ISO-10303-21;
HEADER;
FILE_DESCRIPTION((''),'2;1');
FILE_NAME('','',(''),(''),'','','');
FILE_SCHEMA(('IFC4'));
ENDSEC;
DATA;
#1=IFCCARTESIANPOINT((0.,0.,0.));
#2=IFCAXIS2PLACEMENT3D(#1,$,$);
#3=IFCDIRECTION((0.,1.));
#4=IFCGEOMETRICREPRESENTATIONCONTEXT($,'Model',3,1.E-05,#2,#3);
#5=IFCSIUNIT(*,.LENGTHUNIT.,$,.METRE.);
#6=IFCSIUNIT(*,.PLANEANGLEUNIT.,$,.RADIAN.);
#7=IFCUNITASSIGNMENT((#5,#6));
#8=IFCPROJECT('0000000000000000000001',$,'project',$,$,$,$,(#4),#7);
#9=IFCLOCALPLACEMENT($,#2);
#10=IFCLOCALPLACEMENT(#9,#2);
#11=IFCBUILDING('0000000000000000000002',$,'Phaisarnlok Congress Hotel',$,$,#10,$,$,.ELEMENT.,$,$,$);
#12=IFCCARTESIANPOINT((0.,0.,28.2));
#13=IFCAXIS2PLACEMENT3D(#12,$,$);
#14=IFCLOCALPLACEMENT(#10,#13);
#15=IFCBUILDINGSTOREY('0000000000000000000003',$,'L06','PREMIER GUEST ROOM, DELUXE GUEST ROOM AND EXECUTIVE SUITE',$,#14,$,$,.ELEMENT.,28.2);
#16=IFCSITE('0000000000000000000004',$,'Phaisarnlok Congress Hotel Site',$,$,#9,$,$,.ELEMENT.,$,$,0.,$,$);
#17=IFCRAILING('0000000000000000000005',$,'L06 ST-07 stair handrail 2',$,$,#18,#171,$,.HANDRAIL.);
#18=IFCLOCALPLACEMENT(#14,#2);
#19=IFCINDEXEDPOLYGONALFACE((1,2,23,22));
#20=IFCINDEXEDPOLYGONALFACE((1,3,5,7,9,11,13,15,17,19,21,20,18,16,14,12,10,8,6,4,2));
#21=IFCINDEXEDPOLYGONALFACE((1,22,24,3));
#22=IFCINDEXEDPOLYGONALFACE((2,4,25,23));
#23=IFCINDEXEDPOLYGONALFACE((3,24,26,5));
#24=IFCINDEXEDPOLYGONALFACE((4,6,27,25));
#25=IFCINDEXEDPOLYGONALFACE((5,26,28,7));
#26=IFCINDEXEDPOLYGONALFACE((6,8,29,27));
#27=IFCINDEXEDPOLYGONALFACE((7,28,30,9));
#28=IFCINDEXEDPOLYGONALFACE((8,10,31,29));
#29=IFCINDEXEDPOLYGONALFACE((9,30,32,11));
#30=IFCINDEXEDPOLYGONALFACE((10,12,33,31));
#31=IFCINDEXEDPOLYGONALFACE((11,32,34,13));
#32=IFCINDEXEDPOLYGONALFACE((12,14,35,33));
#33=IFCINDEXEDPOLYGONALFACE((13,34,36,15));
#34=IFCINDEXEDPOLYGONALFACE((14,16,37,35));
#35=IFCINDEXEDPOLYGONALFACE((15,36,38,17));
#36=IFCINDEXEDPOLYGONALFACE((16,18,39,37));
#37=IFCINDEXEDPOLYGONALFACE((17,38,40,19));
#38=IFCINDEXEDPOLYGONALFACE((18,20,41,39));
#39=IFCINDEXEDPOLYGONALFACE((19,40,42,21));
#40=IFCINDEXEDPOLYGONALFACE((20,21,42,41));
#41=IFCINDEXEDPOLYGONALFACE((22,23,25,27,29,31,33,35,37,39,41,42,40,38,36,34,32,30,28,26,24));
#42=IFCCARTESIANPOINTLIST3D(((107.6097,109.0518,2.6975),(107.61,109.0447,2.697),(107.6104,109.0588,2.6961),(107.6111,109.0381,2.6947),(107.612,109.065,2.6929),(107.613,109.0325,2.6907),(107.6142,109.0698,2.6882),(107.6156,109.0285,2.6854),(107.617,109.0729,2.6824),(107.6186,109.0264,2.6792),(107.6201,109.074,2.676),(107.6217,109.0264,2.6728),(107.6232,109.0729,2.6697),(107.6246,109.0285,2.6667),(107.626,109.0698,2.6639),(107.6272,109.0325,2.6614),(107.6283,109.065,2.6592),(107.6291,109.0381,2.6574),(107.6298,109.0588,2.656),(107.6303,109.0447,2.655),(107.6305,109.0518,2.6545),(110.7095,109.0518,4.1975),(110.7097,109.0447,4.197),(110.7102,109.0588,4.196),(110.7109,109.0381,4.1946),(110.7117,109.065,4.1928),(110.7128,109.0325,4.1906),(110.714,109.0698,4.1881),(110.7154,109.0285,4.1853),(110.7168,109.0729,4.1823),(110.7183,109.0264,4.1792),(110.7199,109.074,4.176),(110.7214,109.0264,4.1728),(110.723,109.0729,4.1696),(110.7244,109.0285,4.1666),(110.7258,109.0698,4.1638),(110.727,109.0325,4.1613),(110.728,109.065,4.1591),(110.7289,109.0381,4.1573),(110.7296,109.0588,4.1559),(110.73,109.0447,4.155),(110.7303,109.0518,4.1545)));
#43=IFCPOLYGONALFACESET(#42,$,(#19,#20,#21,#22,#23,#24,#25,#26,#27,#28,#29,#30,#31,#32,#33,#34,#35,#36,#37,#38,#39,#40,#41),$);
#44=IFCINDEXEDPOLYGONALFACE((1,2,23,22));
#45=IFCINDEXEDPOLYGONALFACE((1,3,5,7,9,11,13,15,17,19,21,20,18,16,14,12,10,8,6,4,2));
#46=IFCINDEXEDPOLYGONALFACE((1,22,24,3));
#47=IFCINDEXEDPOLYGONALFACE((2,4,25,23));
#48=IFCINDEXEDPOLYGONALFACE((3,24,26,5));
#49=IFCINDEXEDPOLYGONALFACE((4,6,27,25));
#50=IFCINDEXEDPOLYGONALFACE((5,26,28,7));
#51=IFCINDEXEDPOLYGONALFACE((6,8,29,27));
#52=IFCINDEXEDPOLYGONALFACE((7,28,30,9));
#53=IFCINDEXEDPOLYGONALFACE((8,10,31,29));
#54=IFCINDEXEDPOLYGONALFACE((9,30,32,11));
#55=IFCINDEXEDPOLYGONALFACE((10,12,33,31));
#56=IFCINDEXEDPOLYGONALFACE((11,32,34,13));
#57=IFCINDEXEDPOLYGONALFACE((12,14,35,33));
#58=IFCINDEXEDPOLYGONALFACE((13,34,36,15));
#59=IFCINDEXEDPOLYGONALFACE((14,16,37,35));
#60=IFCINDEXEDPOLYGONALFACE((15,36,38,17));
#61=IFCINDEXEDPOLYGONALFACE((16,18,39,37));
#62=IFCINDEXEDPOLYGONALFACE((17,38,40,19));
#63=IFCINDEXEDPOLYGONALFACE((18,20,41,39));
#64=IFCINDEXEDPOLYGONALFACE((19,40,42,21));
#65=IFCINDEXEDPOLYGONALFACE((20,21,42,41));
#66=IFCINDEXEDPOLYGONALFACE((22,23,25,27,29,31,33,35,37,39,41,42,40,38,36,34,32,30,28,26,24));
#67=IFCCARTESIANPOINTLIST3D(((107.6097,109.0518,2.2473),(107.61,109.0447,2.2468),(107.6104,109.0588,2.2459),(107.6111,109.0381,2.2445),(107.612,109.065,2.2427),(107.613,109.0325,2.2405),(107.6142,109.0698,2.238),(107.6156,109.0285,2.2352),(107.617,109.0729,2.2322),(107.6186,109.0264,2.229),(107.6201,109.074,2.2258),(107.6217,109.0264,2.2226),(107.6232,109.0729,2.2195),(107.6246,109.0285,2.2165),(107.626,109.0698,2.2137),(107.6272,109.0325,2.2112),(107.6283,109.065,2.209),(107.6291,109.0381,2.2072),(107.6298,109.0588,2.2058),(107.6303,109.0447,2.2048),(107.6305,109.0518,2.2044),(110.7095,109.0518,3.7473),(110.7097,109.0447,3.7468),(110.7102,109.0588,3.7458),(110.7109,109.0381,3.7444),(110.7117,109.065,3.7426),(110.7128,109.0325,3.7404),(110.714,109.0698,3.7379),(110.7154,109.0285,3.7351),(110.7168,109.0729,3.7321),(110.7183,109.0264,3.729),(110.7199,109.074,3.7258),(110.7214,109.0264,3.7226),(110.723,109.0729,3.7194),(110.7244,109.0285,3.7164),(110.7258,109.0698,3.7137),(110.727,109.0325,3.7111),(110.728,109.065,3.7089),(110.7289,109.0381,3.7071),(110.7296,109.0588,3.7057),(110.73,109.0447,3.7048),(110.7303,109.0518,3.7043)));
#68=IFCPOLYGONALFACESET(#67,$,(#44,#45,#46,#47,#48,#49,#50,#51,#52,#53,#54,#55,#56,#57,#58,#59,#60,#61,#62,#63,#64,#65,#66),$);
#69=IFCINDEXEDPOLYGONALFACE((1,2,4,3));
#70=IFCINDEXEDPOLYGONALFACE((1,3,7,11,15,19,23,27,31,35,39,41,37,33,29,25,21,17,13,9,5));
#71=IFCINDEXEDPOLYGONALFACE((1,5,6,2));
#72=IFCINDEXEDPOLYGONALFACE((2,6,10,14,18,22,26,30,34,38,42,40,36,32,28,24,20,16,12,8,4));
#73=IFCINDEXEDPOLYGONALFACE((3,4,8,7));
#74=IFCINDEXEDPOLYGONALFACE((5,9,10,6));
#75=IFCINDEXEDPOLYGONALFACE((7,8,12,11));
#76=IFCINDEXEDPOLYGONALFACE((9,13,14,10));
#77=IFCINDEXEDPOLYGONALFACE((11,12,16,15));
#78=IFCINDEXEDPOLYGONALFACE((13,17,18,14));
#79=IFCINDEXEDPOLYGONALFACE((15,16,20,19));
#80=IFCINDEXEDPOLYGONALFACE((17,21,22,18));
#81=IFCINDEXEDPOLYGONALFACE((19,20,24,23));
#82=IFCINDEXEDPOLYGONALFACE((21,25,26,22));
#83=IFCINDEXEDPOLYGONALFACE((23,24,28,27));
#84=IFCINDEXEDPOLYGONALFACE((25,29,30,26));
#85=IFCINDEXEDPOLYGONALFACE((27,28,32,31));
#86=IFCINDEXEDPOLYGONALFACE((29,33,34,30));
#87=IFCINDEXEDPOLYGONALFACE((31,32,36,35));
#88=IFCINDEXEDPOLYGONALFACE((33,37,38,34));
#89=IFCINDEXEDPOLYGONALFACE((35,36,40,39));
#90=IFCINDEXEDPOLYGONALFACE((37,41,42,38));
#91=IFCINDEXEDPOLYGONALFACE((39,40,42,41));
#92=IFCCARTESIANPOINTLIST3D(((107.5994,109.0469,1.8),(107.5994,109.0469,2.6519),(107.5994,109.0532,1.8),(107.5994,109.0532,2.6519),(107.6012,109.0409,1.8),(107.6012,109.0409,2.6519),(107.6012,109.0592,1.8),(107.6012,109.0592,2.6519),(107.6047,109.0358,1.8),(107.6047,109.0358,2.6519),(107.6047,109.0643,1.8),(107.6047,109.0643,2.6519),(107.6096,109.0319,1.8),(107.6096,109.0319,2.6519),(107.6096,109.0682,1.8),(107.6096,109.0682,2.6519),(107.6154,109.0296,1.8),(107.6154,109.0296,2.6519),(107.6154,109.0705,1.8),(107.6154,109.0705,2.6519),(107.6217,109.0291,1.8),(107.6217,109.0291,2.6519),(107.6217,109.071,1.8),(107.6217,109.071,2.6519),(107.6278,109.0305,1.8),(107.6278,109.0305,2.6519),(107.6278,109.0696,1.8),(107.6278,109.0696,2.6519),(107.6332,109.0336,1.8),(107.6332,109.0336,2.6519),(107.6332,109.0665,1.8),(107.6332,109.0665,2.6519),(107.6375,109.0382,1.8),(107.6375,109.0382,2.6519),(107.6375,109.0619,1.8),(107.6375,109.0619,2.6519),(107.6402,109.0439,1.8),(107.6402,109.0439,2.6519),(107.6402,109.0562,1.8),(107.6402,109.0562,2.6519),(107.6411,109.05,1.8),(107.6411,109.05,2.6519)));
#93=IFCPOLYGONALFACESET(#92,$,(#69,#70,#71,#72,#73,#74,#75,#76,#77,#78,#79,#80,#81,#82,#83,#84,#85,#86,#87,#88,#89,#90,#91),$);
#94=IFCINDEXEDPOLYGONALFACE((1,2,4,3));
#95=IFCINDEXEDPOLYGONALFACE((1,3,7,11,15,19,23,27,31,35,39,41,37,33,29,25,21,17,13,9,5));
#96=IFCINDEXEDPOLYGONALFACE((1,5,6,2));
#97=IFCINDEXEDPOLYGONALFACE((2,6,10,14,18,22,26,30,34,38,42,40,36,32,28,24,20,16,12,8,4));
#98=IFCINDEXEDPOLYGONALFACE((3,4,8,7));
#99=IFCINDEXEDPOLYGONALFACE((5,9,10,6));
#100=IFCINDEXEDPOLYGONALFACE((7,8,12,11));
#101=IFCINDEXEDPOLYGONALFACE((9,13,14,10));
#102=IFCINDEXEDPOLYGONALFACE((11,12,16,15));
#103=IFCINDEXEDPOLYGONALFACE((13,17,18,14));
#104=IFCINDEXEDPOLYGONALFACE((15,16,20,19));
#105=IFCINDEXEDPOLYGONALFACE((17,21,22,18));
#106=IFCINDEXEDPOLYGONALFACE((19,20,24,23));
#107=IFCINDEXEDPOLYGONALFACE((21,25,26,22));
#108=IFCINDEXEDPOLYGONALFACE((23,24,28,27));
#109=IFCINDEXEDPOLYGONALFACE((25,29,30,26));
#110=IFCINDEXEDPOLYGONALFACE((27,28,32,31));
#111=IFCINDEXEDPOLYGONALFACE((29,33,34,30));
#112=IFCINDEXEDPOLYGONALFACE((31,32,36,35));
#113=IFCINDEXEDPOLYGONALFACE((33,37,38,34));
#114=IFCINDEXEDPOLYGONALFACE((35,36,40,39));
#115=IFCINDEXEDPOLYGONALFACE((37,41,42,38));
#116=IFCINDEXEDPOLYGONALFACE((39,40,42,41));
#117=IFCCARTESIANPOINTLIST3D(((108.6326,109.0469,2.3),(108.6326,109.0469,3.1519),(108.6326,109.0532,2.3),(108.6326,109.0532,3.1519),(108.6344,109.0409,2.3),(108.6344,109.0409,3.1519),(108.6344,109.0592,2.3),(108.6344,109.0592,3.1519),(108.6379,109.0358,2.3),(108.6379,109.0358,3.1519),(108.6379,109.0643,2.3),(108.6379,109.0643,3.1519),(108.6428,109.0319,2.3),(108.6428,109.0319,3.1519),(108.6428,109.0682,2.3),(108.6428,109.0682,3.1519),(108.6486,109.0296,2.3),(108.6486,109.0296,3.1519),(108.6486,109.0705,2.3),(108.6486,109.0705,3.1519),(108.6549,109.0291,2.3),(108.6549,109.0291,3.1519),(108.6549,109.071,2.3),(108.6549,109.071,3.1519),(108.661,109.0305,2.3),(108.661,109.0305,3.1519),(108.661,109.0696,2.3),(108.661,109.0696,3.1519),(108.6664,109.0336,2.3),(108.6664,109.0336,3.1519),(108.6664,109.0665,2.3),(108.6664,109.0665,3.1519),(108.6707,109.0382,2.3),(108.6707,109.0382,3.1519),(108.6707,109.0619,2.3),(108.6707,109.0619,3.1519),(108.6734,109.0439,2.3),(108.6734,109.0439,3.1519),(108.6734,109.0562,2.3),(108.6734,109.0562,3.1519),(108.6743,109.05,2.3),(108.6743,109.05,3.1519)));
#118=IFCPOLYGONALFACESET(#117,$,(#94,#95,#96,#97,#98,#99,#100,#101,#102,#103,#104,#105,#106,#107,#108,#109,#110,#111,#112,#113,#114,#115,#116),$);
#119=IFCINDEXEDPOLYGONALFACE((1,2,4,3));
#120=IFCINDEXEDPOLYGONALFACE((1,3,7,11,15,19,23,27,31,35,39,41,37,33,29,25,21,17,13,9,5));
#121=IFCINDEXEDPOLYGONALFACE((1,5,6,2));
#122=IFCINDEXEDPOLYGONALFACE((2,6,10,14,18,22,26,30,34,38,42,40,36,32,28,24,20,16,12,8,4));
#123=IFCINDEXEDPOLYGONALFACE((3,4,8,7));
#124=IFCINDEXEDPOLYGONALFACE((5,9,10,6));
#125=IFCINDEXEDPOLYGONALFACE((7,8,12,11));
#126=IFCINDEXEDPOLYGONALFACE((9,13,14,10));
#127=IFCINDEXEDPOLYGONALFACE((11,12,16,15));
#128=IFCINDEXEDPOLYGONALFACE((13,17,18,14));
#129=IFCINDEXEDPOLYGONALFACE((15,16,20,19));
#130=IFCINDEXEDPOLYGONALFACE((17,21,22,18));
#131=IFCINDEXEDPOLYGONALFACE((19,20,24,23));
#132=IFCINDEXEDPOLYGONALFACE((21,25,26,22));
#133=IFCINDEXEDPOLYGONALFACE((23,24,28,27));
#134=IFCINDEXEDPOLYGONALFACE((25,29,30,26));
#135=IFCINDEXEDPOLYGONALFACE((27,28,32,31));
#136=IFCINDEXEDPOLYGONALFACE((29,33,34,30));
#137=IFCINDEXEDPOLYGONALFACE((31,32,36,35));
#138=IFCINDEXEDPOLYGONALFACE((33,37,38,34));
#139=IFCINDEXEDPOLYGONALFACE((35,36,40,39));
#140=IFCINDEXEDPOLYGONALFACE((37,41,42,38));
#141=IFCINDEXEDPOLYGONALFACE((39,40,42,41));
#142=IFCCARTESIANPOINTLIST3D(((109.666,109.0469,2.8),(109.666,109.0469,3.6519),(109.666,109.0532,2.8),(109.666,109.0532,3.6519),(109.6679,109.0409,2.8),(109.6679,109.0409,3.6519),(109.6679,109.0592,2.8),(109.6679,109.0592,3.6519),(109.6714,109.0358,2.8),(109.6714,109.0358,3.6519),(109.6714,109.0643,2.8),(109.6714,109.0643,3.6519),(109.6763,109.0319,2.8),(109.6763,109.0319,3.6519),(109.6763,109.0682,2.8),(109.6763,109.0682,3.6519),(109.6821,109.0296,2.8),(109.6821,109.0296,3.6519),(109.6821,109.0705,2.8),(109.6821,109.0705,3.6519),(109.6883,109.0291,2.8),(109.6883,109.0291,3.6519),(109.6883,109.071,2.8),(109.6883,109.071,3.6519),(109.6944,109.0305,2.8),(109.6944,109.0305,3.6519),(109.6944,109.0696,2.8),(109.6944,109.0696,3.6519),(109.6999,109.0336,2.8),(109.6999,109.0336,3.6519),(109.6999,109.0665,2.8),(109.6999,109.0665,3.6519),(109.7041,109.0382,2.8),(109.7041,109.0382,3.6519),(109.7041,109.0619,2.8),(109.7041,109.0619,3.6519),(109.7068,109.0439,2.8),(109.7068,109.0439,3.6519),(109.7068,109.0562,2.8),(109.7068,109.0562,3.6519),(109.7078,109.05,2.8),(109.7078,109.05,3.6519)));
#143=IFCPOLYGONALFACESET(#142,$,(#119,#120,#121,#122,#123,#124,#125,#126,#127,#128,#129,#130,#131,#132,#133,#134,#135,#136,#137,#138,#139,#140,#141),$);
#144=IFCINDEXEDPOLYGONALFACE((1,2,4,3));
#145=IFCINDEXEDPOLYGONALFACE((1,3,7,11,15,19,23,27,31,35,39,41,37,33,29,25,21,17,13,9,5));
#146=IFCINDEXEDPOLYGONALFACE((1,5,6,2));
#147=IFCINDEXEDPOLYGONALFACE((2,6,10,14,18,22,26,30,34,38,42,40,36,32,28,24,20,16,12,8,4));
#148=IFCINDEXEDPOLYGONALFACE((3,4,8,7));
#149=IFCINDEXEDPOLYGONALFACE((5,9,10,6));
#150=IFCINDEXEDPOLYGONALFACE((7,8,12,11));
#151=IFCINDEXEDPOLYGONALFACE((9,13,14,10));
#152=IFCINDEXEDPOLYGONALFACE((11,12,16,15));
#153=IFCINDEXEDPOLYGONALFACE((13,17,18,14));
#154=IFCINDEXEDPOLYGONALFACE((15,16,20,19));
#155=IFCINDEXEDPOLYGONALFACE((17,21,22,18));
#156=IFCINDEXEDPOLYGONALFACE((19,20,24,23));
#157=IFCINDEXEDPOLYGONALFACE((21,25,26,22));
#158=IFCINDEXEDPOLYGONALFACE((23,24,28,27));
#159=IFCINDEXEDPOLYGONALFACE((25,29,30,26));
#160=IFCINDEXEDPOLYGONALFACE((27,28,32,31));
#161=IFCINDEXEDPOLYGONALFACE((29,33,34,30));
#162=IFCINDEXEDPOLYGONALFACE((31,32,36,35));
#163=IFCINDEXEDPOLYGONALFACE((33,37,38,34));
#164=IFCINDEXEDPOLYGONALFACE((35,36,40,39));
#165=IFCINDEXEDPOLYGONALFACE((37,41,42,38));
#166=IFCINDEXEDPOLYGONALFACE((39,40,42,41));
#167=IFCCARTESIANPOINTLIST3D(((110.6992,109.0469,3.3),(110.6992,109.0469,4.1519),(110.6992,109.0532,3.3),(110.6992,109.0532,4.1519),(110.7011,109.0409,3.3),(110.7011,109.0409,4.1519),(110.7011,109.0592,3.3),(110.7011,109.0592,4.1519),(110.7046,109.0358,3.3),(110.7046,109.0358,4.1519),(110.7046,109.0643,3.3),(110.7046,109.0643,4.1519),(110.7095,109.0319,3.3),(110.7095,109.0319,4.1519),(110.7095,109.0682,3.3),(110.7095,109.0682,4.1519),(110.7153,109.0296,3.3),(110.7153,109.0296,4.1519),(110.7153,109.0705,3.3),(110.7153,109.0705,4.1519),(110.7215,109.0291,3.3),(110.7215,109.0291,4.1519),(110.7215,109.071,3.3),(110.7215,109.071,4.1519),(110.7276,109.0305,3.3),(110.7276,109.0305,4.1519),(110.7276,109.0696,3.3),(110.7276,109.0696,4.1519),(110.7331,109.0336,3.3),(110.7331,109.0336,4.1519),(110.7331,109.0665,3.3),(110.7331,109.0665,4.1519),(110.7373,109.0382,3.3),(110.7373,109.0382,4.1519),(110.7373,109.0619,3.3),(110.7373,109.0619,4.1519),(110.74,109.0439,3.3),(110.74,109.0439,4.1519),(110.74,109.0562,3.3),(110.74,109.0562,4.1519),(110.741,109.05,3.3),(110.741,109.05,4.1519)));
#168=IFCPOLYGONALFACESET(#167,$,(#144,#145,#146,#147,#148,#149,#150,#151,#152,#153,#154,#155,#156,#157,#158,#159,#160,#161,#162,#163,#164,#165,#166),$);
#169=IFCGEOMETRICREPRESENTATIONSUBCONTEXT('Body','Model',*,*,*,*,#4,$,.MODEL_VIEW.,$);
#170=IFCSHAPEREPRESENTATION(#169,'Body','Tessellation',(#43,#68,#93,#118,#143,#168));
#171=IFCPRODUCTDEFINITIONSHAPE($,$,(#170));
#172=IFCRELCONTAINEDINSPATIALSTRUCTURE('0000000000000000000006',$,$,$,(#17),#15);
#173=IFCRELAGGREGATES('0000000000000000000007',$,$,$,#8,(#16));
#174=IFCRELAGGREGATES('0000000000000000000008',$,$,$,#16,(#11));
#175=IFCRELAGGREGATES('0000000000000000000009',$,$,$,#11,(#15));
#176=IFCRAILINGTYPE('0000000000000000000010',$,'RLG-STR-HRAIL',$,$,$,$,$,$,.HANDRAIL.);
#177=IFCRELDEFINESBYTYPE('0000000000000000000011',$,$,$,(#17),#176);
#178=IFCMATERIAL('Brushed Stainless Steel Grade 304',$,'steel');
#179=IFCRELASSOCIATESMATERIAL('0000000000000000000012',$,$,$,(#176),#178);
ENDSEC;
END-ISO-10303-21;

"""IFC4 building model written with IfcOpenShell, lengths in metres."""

from ifc_helpers import new_model, si_unit, direction, frame, origin, origin_2d, place, context, subcontext, project, spatial, circle, extrude, material, type_object, element, save


model = new_model("IFC4")

# Units and contexts
model_context = context("Model", 3, precision=1e-05, world=origin(), true_north=direction((0.0, 1.0)))
body_context = subcontext(model_context, "Body", "Model", "MODEL_VIEW")
ifc_project = project(units=[si_unit("LENGTHUNIT", "METRE"), si_unit("PLANEANGLEUNIT", "RADIAN")], contexts=[model_context])

# Site, building, storey
site_placement = place(None, origin())
site = spatial("IfcSite", under=ifc_project, at=site_placement, Name="Phaisarnlok Congress Hotel Site", CompositionType="ELEMENT", RefElevation=0.0)
building_placement = place(site_placement, origin())
building = spatial("IfcBuilding", under=site, at=building_placement, Name="Phaisarnlok Congress Hotel", CompositionType="ELEMENT")
storey_placement = place(building_placement, frame((0.0, 0.0, 28.2)))
storey = spatial("IfcBuildingStorey", under=building, at=storey_placement, Name="L06", Description="PREMIER GUEST ROOM, DELUXE GUEST ROOM AND EXECUTIVE SUITE", CompositionType="ELEMENT", Elevation=28.2)

# Railing
ifc_material_1 = material(Name="Brushed Stainless Steel Grade 304", Category="steel")
railing_type = type_object("IfcRailingType", Name="RLG-STR-HRAIL", PredefinedType="HANDRAIL", material=ifc_material_1)
for number, where, name in (
    (1, (107.6201, 109.05, 1.8), "L06 ST-07 stair handrail 2"),
):
    element("IfcRailing", number, at=place(storey_placement, frame(where)), inside=storey, type_object=railing_type, Name=name, PredefinedType="HANDRAIL", context=body_context, shape_type="SweptSolid", body=[
        extrude(circle(Radius=0.0239, at=origin_2d()), frame((0.0, 0.0, 0.876), z_axis=(0.900151, 0.0, 0.435578), x_axis=(0.0, 1.0, 0.0)), (0.0, 0.0, 1.0), 3.4436),
        extrude(circle(Radius=0.0239, at=origin_2d()), frame((0.0, 0.0, 0.4258), z_axis=(0.900151, 0.0, 0.435578), x_axis=(0.0, 1.0, 0.0)), (0.0, 0.0, 1.0), 3.4436),
        extrude(circle(Radius=0.021, at=origin_2d()), origin(), (0.0, 0.0, 1.0), 0.8518),
        extrude(circle(Radius=0.021, at=origin_2d()), frame((1.0332, 0.0, 0.5)), (0.0, 0.0, 1.0), 0.8518),
        extrude(circle(Radius=0.021, at=origin_2d()), frame((2.0667, 0.0, 1.0)), (0.0, 0.0, 1.0), 0.8518),
        extrude(circle(Radius=0.021, at=origin_2d()), frame((3.0999, 0.0, 1.5)), (0.0, 0.0, 1.0), 0.8518),
    ])

save(model, "model.ifc")
